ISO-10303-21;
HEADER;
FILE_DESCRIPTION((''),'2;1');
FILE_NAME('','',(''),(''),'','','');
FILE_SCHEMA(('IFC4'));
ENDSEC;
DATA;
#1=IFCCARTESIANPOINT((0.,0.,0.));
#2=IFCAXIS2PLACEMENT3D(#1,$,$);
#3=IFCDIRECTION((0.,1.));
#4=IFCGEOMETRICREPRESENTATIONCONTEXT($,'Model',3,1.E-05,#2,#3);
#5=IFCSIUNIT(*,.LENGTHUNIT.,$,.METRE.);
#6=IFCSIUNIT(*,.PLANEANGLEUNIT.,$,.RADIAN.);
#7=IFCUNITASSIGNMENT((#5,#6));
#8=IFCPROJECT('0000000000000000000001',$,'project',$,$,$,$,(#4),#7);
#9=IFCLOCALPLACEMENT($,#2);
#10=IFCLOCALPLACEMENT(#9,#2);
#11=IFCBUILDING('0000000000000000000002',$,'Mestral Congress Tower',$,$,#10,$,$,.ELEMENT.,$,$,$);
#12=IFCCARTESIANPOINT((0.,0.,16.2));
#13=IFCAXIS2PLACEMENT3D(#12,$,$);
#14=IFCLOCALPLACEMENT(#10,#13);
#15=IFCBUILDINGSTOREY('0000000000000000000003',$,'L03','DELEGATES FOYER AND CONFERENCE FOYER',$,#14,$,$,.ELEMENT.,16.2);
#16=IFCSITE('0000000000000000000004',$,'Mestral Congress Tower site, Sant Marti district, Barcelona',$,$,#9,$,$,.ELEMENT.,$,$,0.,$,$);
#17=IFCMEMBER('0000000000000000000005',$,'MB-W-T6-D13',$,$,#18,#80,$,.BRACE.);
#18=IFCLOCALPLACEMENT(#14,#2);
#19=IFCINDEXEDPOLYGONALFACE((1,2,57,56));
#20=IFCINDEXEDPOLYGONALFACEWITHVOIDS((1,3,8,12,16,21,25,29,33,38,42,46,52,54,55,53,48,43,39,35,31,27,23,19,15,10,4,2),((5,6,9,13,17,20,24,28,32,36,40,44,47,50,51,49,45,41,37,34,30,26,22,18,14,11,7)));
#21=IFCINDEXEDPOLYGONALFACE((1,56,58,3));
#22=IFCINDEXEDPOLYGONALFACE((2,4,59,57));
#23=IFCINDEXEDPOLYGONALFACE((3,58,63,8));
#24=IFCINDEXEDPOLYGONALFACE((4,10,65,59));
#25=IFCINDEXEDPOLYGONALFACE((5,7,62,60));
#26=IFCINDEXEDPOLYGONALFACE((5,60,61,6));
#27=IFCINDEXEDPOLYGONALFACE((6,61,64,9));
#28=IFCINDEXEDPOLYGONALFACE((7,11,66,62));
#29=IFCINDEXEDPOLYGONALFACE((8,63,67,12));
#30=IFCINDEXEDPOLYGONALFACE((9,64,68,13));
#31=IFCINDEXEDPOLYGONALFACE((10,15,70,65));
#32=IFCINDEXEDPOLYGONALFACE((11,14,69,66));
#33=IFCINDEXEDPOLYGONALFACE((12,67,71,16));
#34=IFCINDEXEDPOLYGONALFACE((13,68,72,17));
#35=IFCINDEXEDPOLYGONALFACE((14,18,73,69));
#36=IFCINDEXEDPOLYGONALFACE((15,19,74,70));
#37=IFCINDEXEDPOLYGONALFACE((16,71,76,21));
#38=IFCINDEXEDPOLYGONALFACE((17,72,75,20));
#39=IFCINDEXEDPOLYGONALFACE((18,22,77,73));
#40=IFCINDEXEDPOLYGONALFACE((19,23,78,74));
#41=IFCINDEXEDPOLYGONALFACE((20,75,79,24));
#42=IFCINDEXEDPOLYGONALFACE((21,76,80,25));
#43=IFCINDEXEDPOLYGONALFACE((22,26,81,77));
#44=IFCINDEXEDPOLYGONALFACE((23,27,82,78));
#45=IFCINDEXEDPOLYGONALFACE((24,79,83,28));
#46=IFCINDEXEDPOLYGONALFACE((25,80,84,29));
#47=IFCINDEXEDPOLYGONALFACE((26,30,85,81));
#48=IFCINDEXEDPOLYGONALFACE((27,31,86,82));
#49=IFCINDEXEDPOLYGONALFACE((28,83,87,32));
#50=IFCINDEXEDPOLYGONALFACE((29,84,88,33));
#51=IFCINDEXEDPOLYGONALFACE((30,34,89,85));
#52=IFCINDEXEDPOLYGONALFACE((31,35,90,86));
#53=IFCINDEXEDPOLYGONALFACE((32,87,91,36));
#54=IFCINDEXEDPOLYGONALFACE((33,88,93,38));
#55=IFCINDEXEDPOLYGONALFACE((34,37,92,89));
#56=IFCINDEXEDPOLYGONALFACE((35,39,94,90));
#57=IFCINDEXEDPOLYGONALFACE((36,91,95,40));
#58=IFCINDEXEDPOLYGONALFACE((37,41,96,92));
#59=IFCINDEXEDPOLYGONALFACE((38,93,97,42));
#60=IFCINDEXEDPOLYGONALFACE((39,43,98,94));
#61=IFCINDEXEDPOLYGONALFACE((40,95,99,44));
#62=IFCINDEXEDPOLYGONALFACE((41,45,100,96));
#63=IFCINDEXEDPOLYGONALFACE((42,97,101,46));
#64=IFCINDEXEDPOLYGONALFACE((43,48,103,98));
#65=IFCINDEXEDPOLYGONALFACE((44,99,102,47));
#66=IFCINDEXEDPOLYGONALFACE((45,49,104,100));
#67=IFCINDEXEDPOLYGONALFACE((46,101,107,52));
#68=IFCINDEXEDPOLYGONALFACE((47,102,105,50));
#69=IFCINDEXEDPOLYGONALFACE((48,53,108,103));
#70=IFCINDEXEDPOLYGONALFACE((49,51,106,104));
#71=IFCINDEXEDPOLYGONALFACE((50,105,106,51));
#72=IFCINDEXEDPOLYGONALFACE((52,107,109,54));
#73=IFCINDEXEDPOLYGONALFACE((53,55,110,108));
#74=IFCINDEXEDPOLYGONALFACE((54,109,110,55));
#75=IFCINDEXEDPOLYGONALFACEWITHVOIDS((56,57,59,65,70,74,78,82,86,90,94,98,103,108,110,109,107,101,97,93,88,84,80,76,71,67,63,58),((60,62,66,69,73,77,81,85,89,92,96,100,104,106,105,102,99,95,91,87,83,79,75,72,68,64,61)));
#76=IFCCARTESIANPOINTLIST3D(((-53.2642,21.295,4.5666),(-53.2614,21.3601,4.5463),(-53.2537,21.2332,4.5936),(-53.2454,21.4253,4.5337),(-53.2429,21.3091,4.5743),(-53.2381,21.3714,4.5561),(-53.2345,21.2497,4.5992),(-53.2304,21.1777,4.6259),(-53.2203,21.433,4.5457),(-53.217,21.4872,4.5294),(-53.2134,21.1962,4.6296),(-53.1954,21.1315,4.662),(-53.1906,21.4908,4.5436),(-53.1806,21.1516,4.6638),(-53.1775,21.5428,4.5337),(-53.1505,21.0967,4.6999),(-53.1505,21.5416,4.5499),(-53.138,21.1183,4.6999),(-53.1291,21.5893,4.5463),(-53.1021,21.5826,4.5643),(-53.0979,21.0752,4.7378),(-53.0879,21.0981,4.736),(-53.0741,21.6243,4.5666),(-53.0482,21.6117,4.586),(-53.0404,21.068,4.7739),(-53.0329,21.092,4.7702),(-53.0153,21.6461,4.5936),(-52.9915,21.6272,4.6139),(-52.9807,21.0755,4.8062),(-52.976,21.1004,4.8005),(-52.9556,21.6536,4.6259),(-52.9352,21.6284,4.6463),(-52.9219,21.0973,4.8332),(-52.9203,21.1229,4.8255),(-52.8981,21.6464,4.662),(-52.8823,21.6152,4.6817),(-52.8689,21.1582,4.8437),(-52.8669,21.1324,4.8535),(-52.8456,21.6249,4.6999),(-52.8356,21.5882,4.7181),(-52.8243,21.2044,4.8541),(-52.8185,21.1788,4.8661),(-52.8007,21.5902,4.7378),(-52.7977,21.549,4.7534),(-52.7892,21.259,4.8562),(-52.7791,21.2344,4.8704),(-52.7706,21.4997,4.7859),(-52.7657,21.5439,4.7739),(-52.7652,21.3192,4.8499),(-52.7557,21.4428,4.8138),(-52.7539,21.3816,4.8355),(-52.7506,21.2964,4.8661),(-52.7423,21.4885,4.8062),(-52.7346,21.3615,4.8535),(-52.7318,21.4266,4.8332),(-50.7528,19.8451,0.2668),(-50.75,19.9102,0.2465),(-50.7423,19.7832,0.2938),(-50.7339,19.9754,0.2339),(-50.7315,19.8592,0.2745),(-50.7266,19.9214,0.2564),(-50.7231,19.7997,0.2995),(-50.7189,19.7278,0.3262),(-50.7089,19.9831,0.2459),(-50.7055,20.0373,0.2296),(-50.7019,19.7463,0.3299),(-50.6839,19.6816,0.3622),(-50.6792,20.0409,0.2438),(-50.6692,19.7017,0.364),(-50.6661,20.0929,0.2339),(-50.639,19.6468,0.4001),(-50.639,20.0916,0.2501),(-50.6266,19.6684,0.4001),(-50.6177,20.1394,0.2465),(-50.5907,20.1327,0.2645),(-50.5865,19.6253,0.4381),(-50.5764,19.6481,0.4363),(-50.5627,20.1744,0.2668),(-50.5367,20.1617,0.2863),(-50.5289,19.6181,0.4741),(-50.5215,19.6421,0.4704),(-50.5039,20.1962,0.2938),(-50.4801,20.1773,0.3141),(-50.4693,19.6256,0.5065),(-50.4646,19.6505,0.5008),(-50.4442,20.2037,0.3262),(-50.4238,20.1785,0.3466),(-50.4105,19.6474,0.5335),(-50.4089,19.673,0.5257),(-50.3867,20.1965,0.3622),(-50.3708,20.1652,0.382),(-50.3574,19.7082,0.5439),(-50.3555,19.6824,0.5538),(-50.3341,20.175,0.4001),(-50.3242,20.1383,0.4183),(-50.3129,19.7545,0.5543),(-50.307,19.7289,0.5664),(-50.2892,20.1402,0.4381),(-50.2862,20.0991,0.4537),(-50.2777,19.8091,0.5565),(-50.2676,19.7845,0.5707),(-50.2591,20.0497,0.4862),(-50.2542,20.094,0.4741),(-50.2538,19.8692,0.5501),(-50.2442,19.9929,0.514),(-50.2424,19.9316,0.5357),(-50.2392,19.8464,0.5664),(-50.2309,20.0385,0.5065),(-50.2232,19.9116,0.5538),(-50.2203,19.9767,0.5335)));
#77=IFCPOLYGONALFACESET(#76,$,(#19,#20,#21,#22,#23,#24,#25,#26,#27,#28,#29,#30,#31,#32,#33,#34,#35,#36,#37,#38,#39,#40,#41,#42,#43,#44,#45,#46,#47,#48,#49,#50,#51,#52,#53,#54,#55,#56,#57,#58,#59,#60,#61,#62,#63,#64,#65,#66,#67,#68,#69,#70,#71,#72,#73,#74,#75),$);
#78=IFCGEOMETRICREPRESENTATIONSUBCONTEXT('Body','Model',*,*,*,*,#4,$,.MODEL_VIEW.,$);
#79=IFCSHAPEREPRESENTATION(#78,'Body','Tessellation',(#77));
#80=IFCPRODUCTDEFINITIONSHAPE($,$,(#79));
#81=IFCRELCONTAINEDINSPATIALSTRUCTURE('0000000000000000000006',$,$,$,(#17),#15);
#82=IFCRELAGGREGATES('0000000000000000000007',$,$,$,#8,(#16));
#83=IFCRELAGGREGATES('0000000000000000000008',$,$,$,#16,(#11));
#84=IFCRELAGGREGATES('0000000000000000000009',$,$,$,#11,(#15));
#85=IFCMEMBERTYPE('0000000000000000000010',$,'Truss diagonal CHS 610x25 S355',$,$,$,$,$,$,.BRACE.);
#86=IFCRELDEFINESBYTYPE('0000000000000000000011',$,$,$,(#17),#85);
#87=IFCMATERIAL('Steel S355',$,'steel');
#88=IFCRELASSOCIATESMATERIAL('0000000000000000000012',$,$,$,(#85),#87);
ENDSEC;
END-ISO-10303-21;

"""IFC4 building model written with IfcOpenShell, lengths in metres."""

from ifc_helpers import new_model, si_unit, direction, frame, origin, origin_2d, place, context, subcontext, project, spatial, hollow_circle, extrude, material, material_profile, profile_set, type_object, element, save


model = new_model("IFC4")

# Units and contexts
model_context = context("Model", 3, precision=1e-05, world=origin(), true_north=direction((0.0, 1.0)))
body_context = subcontext(model_context, "Body", "Model", "MODEL_VIEW")
ifc_project = project(units=[si_unit("LENGTHUNIT", "METRE"), si_unit("PLANEANGLEUNIT", "RADIAN")], contexts=[model_context])

# Site, building, storey
site_placement = place(None, origin())
site = spatial("IfcSite", under=ifc_project, at=site_placement, Name="Mestral Congress Tower site, Sant Marti district, Barcelona", CompositionType="ELEMENT", RefElevation=0.0)
building_placement = place(site_placement, origin())
building = spatial("IfcBuilding", under=site, at=building_placement, Name="Mestral Congress Tower", CompositionType="ELEMENT")
storey_placement = place(building_placement, frame((0.0, 0.0, 16.2)))
storey = spatial("IfcBuildingStorey", under=building, at=storey_placement, Name="L03", Description="DELEGATES FOYER AND CONFERENCE FOYER", CompositionType="ELEMENT", Elevation=16.2)

# Member
ifc_material = material(Name="Steel S355", Category="steel")
ifc_material_profile_1 = material_profile(ifc_material, hollow_circle(Radius=0.3049, WallThickness=0.0249, at=origin_2d()), Name="CHS 610x25")
ifc_profile_set_1 = profile_set([ifc_material_profile_1], Name="Steel S355")
member_type_1 = type_object("IfcMemberType", Name="Truss diagonal CHS 610x25 S355", PredefinedType="BRACE", material=ifc_profile_set_1)
for number, where, z_axis, x_axis, name in (
    (1, (-50.4866, 19.9109, 0.4001), (-0.484247, 0.279571, 0.829062), (-0.499987, -0.866033, 0.0), "MB-W-T6-D13"),
):
    element("IfcMember", number, at=place(storey_placement, frame(where, z_axis=z_axis, x_axis=x_axis)), inside=storey, type_object=member_type_1, Name=name, PredefinedType="BRACE", context=body_context, shape_type="SweptSolid", body=[
        extrude(hollow_circle(Radius=0.3049, WallThickness=0.0249, at=origin_2d()), origin(), (0.0, 0.0, 1.0), 5.1863),
    ])

save(model, "model.ifc")
